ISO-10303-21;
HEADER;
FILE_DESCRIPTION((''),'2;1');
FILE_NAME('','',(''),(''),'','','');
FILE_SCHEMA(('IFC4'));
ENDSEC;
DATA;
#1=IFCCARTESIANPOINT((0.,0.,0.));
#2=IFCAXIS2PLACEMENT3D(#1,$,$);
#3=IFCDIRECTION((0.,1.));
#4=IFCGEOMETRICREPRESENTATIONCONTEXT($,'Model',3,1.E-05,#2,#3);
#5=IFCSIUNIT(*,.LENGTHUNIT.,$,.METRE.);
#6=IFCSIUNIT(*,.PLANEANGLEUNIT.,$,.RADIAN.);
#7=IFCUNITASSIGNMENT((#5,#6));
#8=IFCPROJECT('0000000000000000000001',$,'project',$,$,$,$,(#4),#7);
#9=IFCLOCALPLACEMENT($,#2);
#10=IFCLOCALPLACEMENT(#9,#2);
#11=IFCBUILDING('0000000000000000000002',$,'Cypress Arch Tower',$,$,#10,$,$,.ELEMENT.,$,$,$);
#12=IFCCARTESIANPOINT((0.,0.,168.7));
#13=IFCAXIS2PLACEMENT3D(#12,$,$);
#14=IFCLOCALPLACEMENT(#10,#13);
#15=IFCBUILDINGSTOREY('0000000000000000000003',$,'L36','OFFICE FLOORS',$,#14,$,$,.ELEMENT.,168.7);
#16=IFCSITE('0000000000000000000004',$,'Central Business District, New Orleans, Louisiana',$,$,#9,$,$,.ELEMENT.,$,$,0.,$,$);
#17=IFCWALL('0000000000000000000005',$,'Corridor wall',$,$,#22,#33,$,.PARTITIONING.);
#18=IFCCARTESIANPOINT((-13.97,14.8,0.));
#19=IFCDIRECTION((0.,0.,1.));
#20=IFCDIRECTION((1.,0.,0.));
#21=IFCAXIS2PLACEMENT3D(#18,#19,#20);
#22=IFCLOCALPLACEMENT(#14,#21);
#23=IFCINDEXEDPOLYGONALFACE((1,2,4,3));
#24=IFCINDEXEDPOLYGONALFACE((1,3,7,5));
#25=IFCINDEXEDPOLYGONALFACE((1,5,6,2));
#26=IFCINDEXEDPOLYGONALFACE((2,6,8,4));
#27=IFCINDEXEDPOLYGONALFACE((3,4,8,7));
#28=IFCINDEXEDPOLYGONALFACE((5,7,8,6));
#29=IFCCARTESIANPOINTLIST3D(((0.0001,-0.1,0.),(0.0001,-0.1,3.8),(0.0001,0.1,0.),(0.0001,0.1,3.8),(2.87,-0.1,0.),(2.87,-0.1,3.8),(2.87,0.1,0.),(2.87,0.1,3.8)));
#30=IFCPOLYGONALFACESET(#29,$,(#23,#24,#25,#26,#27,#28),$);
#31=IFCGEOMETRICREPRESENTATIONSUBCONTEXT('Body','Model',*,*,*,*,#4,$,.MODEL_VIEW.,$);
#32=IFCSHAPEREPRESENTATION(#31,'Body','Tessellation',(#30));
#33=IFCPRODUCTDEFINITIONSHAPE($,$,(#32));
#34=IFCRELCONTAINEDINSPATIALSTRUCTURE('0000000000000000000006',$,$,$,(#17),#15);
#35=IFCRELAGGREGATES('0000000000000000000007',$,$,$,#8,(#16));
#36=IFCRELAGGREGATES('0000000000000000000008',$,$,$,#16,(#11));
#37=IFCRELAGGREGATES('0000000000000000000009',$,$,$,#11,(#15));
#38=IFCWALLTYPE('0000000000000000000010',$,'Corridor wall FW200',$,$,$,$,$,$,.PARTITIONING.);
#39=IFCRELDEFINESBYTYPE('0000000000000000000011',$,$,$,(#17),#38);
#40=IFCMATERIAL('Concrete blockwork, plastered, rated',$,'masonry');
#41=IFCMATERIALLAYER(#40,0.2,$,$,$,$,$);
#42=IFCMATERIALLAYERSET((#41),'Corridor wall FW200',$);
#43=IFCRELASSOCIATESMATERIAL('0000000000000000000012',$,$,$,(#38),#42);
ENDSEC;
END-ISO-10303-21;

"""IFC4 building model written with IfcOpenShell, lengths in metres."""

from ifc_helpers import new_model, si_unit, direction, frame, frame_2d, origin, place, context, subcontext, project, spatial, rectangle, extrude, material, layer, layer_set, type_object, element, save


model = new_model("IFC4")

# Units and contexts
model_context = context("Model", 3, precision=1e-05, world=origin(), true_north=direction((0.0, 1.0)))
body_context = subcontext(model_context, "Body", "Model", "MODEL_VIEW")
ifc_project = project(units=[si_unit("LENGTHUNIT", "METRE"), si_unit("PLANEANGLEUNIT", "RADIAN")], contexts=[model_context])

# Site, building, storey
site_placement = place(None, origin())
site = spatial("IfcSite", under=ifc_project, at=site_placement, Name="Central Business District, New Orleans, Louisiana", CompositionType="ELEMENT", RefElevation=0.0)
building_placement = place(site_placement, origin())
building = spatial("IfcBuilding", under=site, at=building_placement, Name="Cypress Arch Tower", CompositionType="ELEMENT")
storey_placement = place(building_placement, frame((0.0, 0.0, 168.7)))
storey = spatial("IfcBuildingStorey", under=building, at=storey_placement, Name="L36", Description="OFFICE FLOORS", CompositionType="ELEMENT", Elevation=168.7)

# Wall
ifc_material_1 = material(Name="Concrete blockwork, plastered, rated", Category="masonry")
ifc_layer_1 = layer(ifc_material_1, 0.2)
ifc_layer_set_1 = layer_set([ifc_layer_1], Name="Corridor wall FW200")
wall_type_1 = type_object("IfcWallType", Name="Corridor wall FW200", PredefinedType="PARTITIONING", material=ifc_layer_set_1)
wall_1_placement = place(storey_placement, frame((-13.97, 14.8, 0.0), z_axis=(0.0, 0.0, 1.0), x_axis=(1.0, 0.0, 0.0)))
element("IfcWall", 1, at=wall_1_placement, inside=storey, type_object=wall_type_1, Name="Corridor wall", PredefinedType="PARTITIONING", context=body_context, shape_type="SweptSolid", body=[
    extrude(rectangle(XDim=2.8699, YDim=0.2, at=frame_2d((1.4351, 0.0))), origin(), (0.0, 0.0, 1.0), 3.8),
])

save(model, "model.ifc")
